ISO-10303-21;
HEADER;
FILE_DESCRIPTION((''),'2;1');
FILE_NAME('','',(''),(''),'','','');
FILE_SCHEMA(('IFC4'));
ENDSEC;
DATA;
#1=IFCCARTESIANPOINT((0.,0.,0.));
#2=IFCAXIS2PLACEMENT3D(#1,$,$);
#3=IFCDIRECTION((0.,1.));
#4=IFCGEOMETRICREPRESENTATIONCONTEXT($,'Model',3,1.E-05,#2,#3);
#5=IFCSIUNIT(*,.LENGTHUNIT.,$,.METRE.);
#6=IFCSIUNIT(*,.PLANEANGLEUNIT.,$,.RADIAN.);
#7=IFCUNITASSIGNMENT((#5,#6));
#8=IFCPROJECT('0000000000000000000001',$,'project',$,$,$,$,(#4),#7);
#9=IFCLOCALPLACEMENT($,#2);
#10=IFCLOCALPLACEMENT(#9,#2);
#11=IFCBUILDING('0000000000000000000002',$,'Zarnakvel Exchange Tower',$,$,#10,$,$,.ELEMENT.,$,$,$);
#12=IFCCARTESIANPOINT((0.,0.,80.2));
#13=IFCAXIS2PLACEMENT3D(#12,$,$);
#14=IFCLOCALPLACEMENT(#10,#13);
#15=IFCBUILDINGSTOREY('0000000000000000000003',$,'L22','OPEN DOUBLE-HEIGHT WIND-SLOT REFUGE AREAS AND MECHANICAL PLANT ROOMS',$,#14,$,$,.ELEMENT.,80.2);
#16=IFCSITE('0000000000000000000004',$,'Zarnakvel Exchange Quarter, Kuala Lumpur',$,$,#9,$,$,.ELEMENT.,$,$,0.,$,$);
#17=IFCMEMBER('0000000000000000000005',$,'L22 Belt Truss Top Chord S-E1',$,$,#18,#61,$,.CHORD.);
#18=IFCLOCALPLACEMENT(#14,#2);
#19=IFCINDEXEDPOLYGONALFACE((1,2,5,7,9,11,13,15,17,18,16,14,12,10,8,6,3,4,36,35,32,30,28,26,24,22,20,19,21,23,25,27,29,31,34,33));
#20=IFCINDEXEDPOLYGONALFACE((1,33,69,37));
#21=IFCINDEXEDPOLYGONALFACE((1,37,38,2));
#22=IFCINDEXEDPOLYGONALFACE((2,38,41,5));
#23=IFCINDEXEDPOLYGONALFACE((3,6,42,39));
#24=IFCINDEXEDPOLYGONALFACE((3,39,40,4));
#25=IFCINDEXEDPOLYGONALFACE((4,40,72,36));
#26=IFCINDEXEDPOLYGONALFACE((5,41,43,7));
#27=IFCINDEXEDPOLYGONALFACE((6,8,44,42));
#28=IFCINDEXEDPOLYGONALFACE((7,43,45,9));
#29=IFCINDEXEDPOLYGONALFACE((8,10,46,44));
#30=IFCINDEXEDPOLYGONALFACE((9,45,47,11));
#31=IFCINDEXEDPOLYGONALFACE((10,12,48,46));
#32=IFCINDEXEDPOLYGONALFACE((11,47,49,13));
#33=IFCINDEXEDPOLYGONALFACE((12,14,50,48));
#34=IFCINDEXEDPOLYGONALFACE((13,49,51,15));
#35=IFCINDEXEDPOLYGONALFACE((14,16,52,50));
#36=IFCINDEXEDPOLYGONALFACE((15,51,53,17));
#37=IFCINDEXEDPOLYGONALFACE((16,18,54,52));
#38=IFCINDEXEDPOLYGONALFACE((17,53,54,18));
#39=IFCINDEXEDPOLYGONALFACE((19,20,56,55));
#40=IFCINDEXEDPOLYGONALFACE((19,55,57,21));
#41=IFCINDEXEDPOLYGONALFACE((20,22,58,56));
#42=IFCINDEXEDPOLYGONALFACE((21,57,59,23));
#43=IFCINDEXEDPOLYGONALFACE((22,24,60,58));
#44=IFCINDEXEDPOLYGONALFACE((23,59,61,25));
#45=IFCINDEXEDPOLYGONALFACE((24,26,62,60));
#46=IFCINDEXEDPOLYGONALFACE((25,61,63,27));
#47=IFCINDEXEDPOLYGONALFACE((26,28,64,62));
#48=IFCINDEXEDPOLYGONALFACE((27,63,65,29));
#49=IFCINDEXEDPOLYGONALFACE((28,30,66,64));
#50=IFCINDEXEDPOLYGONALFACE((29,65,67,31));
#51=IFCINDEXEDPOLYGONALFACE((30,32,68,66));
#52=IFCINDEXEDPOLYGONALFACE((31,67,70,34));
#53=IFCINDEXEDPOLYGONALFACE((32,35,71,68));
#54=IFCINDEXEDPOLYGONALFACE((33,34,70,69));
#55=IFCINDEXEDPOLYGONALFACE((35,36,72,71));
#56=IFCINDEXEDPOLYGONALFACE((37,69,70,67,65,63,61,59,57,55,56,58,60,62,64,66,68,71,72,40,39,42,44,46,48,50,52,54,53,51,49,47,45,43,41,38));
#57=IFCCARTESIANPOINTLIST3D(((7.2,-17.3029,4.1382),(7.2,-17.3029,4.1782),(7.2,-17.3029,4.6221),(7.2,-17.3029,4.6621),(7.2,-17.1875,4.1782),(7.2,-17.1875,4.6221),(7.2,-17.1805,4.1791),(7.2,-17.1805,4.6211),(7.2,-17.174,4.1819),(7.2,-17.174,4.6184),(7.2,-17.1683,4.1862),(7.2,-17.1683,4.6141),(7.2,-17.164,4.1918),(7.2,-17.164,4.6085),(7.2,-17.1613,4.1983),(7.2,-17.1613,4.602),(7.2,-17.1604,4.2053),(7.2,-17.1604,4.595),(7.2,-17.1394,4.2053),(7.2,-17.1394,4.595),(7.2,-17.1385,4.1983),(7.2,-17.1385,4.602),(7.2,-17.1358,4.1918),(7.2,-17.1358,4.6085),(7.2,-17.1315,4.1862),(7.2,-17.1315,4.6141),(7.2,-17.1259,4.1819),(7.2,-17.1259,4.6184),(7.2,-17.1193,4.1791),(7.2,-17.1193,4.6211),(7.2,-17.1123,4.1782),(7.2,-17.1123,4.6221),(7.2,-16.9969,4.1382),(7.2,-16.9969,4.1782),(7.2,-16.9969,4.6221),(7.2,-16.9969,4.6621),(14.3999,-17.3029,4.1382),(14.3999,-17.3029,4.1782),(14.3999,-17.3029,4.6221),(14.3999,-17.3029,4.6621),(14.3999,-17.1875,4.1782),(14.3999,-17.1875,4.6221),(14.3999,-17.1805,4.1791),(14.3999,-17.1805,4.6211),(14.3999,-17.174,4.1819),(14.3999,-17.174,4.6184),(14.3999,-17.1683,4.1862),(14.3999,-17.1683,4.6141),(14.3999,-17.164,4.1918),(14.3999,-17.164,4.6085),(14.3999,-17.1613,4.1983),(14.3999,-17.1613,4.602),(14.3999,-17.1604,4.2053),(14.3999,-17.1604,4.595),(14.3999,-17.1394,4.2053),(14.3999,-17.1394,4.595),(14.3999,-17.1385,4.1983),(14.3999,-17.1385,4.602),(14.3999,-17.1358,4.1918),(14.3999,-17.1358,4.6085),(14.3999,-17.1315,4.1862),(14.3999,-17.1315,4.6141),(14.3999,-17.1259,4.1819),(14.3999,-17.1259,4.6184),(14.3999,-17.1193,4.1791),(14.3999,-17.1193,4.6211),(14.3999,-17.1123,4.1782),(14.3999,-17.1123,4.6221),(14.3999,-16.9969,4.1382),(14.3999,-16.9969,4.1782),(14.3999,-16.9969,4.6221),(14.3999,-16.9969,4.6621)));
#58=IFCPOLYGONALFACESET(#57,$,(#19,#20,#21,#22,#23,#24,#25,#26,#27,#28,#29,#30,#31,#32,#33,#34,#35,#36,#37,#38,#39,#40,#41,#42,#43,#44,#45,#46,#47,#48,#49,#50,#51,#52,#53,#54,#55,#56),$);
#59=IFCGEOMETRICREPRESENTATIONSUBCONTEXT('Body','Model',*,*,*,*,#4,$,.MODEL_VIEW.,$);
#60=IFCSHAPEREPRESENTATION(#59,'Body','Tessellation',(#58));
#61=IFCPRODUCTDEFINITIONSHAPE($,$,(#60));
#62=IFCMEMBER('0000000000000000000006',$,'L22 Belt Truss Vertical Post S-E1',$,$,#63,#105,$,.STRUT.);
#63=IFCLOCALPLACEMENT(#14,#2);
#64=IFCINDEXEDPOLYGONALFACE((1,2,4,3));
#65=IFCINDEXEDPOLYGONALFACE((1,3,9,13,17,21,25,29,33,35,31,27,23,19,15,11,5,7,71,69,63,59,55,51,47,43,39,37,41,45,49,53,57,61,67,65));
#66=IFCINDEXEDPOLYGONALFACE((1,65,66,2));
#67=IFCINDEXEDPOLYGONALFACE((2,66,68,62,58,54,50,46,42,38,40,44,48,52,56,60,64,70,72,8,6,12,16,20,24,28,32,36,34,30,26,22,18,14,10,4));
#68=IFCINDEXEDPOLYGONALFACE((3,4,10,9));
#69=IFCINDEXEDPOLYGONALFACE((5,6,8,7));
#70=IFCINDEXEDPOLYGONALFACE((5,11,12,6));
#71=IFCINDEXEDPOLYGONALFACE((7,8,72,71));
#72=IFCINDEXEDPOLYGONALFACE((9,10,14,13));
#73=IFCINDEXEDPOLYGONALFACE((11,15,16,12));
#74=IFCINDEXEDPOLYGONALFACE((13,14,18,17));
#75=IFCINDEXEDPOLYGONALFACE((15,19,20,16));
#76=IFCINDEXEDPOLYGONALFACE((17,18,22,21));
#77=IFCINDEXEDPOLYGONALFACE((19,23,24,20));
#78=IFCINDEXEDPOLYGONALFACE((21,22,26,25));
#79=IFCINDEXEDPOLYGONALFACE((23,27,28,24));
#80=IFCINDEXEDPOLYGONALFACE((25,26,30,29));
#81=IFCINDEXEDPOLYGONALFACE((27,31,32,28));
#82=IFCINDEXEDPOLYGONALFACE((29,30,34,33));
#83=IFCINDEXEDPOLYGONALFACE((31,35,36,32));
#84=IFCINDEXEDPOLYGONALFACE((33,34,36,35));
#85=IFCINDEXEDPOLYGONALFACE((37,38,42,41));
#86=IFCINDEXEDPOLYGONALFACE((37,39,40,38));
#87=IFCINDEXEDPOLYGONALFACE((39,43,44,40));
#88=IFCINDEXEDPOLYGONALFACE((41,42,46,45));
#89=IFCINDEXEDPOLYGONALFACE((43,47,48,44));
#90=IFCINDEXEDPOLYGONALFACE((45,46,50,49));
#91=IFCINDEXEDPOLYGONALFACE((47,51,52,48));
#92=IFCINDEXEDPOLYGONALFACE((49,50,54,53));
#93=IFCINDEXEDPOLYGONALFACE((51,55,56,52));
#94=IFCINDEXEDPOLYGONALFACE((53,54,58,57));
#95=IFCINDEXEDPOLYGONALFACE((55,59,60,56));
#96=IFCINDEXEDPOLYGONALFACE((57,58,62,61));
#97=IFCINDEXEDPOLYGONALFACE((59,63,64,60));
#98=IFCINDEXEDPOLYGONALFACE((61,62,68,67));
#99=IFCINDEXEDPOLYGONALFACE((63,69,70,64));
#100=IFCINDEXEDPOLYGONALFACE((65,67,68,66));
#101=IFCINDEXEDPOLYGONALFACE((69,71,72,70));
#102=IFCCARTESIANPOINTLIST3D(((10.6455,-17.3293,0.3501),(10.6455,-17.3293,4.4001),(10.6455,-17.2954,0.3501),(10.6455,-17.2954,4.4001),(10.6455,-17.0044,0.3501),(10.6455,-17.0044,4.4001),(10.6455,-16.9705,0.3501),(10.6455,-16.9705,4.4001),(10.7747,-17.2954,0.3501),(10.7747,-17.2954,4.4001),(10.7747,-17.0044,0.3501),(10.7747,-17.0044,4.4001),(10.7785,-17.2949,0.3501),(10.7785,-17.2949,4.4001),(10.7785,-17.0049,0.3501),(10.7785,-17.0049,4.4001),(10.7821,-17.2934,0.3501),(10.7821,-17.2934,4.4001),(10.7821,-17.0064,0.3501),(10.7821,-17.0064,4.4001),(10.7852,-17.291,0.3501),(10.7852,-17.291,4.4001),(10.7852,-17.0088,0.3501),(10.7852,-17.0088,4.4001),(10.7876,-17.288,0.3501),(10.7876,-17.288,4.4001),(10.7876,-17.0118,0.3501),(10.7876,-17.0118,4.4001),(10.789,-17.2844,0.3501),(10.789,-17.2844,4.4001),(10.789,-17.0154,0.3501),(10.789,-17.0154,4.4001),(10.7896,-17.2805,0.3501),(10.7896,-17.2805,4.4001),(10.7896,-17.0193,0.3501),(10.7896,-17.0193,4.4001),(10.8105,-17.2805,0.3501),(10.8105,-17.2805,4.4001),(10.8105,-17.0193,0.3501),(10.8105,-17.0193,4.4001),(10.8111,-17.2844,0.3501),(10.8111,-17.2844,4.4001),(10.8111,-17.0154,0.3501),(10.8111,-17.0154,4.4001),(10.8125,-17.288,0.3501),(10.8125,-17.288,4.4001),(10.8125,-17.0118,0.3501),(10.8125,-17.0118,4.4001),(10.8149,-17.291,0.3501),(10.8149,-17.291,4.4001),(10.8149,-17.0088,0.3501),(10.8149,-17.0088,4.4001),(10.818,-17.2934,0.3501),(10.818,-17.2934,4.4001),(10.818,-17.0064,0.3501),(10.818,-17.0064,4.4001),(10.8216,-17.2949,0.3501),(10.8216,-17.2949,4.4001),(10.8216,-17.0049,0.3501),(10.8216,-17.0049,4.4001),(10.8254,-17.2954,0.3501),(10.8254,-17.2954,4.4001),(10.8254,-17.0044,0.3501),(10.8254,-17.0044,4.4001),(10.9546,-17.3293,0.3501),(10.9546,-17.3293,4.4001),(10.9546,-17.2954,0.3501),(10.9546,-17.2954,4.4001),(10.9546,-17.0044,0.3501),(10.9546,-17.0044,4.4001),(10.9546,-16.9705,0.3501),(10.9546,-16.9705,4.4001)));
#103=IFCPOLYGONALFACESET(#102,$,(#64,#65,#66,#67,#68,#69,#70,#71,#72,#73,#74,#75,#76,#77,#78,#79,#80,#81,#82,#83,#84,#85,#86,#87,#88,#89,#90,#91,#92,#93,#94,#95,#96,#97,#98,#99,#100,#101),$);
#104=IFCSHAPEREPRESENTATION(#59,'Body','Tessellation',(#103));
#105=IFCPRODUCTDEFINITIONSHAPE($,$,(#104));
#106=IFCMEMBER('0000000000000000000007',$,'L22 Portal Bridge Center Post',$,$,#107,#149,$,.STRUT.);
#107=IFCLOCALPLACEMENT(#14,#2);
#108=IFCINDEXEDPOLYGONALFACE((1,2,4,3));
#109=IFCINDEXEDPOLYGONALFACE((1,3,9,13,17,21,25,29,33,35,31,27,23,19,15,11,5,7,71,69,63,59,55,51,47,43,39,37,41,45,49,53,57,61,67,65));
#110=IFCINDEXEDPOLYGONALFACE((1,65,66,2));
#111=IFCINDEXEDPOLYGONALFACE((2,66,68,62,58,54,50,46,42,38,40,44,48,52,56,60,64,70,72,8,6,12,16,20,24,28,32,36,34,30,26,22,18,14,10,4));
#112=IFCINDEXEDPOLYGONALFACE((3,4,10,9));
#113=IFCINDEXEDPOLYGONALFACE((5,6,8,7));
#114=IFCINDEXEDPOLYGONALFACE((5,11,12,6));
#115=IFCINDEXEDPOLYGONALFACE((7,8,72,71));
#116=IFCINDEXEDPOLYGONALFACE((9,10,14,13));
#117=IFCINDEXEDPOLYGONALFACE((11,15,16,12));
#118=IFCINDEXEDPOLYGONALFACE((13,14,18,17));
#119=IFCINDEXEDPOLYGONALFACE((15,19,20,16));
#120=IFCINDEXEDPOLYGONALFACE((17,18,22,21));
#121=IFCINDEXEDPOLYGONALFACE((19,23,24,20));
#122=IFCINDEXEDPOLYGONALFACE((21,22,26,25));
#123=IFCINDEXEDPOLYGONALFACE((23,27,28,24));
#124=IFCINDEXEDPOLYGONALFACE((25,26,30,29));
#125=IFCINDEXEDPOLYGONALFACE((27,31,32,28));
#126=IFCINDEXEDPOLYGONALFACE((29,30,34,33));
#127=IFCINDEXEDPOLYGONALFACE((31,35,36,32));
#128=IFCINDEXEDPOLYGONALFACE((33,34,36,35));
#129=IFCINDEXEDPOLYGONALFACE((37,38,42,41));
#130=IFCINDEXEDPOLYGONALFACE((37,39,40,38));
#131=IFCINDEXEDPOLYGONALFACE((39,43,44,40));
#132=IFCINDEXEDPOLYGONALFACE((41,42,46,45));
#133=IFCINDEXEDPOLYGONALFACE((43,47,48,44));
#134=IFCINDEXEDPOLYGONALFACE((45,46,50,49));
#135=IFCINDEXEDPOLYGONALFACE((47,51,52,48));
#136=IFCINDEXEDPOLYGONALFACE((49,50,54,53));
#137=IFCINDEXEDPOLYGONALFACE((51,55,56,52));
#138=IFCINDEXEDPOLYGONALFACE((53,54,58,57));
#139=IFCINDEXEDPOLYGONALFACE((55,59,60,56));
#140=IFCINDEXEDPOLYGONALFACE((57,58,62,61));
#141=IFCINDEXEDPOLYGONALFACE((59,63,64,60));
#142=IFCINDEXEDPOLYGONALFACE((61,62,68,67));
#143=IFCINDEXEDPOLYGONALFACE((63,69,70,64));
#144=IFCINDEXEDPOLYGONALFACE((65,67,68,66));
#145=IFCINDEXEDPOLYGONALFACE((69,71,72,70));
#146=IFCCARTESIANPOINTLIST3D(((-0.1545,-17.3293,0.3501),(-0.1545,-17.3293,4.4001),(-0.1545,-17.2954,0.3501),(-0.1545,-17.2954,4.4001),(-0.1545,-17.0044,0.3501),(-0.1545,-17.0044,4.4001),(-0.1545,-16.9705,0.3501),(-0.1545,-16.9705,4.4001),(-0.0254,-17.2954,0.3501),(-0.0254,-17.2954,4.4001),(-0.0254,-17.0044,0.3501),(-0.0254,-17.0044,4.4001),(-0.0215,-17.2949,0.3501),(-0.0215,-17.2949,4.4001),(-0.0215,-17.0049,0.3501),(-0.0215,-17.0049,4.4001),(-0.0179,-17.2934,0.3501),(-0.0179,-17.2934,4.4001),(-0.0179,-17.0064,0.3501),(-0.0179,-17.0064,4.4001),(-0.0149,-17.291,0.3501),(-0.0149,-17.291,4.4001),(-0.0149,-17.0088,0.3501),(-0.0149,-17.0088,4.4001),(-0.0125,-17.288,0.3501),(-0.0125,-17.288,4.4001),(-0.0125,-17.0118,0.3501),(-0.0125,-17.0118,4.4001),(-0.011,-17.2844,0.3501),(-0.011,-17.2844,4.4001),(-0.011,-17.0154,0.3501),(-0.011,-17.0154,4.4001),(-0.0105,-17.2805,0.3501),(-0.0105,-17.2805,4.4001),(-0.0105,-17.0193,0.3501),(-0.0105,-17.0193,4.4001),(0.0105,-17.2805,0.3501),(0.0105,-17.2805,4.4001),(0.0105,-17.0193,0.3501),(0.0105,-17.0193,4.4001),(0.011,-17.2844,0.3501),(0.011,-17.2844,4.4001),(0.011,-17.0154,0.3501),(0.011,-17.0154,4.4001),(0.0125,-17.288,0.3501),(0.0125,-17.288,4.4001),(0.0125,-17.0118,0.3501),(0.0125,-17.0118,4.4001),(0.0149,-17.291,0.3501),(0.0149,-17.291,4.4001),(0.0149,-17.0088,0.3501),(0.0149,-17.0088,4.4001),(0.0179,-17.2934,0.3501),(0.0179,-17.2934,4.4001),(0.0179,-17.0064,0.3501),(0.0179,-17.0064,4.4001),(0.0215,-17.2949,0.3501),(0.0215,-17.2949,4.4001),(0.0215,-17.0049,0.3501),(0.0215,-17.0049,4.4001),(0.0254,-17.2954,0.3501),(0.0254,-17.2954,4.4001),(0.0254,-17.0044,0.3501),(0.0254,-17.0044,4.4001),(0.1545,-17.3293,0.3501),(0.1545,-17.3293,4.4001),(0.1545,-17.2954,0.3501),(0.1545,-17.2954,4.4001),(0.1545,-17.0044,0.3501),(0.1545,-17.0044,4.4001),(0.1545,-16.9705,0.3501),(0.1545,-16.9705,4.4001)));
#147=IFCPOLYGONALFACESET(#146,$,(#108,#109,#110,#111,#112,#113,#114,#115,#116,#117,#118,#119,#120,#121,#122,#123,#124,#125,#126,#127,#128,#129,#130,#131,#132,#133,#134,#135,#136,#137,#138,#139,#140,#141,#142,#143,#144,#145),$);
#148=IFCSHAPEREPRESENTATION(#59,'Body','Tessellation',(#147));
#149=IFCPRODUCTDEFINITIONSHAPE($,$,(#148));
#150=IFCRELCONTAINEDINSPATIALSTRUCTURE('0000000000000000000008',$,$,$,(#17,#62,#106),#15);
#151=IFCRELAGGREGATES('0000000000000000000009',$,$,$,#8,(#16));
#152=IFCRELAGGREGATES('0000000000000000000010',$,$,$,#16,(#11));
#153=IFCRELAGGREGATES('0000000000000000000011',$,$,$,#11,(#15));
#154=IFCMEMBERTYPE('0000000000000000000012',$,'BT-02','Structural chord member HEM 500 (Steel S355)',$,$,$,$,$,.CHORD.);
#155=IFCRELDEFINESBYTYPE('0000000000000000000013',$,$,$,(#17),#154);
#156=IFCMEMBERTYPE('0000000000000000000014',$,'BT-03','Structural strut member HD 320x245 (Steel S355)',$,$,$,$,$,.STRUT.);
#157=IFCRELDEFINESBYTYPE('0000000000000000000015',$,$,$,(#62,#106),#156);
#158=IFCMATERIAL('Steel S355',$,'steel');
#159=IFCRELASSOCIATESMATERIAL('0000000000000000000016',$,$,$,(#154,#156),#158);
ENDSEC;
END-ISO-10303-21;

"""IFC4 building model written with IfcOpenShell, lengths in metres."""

from ifc_helpers import new_model, si_unit, direction, frame, origin, origin_2d, place, context, subcontext, project, spatial, i_section, extrude, source, transform, mapped, material, material_profile, profile_set, type_object, element, save


model = new_model("IFC4")

# Units and contexts
model_context = context("Model", 3, precision=1e-05, world=origin(), true_north=direction((0.0, 1.0)))
body_context = subcontext(model_context, "Body", "Model", "MODEL_VIEW")
ifc_project = project(units=[si_unit("LENGTHUNIT", "METRE"), si_unit("PLANEANGLEUNIT", "RADIAN")], contexts=[model_context])

# Site, building, storey
site_placement = place(None, origin())
site = spatial("IfcSite", under=ifc_project, at=site_placement, Name="Zarnakvel Exchange Quarter, Kuala Lumpur", CompositionType="ELEMENT", RefElevation=0.0)
building_placement = place(site_placement, origin())
building = spatial("IfcBuilding", under=site, at=building_placement, Name="Zarnakvel Exchange Tower", CompositionType="ELEMENT")
storey_placement = place(building_placement, frame((0.0, 0.0, 80.2)))
storey = spatial("IfcBuildingStorey", under=building, at=storey_placement, Name="L22", Description="OPEN DOUBLE-HEIGHT WIND-SLOT REFUGE AREAS AND MECHANICAL PLANT ROOMS", CompositionType="ELEMENT", Elevation=80.2)

# Shared definitions
ifc_material_1 = material(Name="Steel S355", Category="steel")

# Members
ifc_material_profile_1 = material_profile(ifc_material_1, i_section(OverallWidth=0.3059, OverallDepth=0.5239, WebThickness=0.021, FlangeThickness=0.04, FilletRadius=0.0271, at=origin_2d()))
ifc_profile_set_1 = profile_set([ifc_material_profile_1], Name="Steel S355")
member_type_1 = type_object("IfcMemberType", Name="BT-02", Description="Structural chord member HEM 500 (Steel S355)", PredefinedType="CHORD", material=ifc_profile_set_1)
shared_shape_1 = source(origin(), body_context, "Body", "SweptSolid", [
    extrude(i_section(OverallWidth=0.3059, OverallDepth=0.5239, WebThickness=0.021, FlangeThickness=0.04, FilletRadius=0.0271, at=origin_2d()), origin(), (0.0, 0.0, 1.0), 7.2),
])
for number, where, z_axis, x_axis, name in (
    (1, (7.2, -17.1499, 4.4001), (1.0, 0.0, 0.0), (0.0, 1.0, 0.0), "L22 Belt Truss Top Chord S-E1"),
):
    element("IfcMember", number, at=place(storey_placement, frame(where, z_axis=z_axis, x_axis=x_axis)), inside=storey, type_object=member_type_1, Name=name, PredefinedType="CHORD", context=body_context, shape_type="MappedRepresentation", body=[
        mapped(shared_shape_1, transform((0.0, 0.0, 0.0), x_axis=(1.0, 0.0, 0.0), y_axis=(0.0, 1.0, 0.0), z_axis=(0.0, 0.0, 1.0), scale=1.0)),
    ])
ifc_material_profile_2 = material_profile(ifc_material_1, i_section(OverallWidth=0.3091, OverallDepth=0.3589, WebThickness=0.021, FlangeThickness=0.0339, FilletRadius=0.0149, at=origin_2d()))
ifc_profile_set_2 = profile_set([ifc_material_profile_2], Name="Steel S355")
member_type_2 = type_object("IfcMemberType", Name="BT-03", Description="Structural strut member HD 320x245 (Steel S355)", PredefinedType="STRUT", material=ifc_profile_set_2)
shared_shape_2 = source(origin(), body_context, "Body", "SweptSolid", [
    extrude(i_section(OverallWidth=0.3091, OverallDepth=0.3589, WebThickness=0.021, FlangeThickness=0.0339, FilletRadius=0.0149, at=origin_2d()), origin(), (0.0, 0.0, 1.0), 4.05),
])
for number, where, z_axis, x_axis, name in (
    (2, (10.8, -17.1499, 0.3501), (0.0, 0.0, 1.0), (1.0, 0.0, 0.0), "L22 Belt Truss Vertical Post S-E1"),
    (3, (0.0, -17.1499, 0.3501), (0.0, 0.0, 1.0), (1.0, 0.0, 0.0), "L22 Portal Bridge Center Post"),
):
    element("IfcMember", number, at=place(storey_placement, frame(where, z_axis=z_axis, x_axis=x_axis)), inside=storey, type_object=member_type_2, Name=name, PredefinedType="STRUT", context=body_context, shape_type="MappedRepresentation", body=[
        mapped(shared_shape_2, transform((0.0, 0.0, 0.0), x_axis=(1.0, 0.0, 0.0), y_axis=(0.0, 1.0, 0.0), z_axis=(0.0, 0.0, 1.0), scale=1.0)),
    ])

save(model, "model.ifc")
